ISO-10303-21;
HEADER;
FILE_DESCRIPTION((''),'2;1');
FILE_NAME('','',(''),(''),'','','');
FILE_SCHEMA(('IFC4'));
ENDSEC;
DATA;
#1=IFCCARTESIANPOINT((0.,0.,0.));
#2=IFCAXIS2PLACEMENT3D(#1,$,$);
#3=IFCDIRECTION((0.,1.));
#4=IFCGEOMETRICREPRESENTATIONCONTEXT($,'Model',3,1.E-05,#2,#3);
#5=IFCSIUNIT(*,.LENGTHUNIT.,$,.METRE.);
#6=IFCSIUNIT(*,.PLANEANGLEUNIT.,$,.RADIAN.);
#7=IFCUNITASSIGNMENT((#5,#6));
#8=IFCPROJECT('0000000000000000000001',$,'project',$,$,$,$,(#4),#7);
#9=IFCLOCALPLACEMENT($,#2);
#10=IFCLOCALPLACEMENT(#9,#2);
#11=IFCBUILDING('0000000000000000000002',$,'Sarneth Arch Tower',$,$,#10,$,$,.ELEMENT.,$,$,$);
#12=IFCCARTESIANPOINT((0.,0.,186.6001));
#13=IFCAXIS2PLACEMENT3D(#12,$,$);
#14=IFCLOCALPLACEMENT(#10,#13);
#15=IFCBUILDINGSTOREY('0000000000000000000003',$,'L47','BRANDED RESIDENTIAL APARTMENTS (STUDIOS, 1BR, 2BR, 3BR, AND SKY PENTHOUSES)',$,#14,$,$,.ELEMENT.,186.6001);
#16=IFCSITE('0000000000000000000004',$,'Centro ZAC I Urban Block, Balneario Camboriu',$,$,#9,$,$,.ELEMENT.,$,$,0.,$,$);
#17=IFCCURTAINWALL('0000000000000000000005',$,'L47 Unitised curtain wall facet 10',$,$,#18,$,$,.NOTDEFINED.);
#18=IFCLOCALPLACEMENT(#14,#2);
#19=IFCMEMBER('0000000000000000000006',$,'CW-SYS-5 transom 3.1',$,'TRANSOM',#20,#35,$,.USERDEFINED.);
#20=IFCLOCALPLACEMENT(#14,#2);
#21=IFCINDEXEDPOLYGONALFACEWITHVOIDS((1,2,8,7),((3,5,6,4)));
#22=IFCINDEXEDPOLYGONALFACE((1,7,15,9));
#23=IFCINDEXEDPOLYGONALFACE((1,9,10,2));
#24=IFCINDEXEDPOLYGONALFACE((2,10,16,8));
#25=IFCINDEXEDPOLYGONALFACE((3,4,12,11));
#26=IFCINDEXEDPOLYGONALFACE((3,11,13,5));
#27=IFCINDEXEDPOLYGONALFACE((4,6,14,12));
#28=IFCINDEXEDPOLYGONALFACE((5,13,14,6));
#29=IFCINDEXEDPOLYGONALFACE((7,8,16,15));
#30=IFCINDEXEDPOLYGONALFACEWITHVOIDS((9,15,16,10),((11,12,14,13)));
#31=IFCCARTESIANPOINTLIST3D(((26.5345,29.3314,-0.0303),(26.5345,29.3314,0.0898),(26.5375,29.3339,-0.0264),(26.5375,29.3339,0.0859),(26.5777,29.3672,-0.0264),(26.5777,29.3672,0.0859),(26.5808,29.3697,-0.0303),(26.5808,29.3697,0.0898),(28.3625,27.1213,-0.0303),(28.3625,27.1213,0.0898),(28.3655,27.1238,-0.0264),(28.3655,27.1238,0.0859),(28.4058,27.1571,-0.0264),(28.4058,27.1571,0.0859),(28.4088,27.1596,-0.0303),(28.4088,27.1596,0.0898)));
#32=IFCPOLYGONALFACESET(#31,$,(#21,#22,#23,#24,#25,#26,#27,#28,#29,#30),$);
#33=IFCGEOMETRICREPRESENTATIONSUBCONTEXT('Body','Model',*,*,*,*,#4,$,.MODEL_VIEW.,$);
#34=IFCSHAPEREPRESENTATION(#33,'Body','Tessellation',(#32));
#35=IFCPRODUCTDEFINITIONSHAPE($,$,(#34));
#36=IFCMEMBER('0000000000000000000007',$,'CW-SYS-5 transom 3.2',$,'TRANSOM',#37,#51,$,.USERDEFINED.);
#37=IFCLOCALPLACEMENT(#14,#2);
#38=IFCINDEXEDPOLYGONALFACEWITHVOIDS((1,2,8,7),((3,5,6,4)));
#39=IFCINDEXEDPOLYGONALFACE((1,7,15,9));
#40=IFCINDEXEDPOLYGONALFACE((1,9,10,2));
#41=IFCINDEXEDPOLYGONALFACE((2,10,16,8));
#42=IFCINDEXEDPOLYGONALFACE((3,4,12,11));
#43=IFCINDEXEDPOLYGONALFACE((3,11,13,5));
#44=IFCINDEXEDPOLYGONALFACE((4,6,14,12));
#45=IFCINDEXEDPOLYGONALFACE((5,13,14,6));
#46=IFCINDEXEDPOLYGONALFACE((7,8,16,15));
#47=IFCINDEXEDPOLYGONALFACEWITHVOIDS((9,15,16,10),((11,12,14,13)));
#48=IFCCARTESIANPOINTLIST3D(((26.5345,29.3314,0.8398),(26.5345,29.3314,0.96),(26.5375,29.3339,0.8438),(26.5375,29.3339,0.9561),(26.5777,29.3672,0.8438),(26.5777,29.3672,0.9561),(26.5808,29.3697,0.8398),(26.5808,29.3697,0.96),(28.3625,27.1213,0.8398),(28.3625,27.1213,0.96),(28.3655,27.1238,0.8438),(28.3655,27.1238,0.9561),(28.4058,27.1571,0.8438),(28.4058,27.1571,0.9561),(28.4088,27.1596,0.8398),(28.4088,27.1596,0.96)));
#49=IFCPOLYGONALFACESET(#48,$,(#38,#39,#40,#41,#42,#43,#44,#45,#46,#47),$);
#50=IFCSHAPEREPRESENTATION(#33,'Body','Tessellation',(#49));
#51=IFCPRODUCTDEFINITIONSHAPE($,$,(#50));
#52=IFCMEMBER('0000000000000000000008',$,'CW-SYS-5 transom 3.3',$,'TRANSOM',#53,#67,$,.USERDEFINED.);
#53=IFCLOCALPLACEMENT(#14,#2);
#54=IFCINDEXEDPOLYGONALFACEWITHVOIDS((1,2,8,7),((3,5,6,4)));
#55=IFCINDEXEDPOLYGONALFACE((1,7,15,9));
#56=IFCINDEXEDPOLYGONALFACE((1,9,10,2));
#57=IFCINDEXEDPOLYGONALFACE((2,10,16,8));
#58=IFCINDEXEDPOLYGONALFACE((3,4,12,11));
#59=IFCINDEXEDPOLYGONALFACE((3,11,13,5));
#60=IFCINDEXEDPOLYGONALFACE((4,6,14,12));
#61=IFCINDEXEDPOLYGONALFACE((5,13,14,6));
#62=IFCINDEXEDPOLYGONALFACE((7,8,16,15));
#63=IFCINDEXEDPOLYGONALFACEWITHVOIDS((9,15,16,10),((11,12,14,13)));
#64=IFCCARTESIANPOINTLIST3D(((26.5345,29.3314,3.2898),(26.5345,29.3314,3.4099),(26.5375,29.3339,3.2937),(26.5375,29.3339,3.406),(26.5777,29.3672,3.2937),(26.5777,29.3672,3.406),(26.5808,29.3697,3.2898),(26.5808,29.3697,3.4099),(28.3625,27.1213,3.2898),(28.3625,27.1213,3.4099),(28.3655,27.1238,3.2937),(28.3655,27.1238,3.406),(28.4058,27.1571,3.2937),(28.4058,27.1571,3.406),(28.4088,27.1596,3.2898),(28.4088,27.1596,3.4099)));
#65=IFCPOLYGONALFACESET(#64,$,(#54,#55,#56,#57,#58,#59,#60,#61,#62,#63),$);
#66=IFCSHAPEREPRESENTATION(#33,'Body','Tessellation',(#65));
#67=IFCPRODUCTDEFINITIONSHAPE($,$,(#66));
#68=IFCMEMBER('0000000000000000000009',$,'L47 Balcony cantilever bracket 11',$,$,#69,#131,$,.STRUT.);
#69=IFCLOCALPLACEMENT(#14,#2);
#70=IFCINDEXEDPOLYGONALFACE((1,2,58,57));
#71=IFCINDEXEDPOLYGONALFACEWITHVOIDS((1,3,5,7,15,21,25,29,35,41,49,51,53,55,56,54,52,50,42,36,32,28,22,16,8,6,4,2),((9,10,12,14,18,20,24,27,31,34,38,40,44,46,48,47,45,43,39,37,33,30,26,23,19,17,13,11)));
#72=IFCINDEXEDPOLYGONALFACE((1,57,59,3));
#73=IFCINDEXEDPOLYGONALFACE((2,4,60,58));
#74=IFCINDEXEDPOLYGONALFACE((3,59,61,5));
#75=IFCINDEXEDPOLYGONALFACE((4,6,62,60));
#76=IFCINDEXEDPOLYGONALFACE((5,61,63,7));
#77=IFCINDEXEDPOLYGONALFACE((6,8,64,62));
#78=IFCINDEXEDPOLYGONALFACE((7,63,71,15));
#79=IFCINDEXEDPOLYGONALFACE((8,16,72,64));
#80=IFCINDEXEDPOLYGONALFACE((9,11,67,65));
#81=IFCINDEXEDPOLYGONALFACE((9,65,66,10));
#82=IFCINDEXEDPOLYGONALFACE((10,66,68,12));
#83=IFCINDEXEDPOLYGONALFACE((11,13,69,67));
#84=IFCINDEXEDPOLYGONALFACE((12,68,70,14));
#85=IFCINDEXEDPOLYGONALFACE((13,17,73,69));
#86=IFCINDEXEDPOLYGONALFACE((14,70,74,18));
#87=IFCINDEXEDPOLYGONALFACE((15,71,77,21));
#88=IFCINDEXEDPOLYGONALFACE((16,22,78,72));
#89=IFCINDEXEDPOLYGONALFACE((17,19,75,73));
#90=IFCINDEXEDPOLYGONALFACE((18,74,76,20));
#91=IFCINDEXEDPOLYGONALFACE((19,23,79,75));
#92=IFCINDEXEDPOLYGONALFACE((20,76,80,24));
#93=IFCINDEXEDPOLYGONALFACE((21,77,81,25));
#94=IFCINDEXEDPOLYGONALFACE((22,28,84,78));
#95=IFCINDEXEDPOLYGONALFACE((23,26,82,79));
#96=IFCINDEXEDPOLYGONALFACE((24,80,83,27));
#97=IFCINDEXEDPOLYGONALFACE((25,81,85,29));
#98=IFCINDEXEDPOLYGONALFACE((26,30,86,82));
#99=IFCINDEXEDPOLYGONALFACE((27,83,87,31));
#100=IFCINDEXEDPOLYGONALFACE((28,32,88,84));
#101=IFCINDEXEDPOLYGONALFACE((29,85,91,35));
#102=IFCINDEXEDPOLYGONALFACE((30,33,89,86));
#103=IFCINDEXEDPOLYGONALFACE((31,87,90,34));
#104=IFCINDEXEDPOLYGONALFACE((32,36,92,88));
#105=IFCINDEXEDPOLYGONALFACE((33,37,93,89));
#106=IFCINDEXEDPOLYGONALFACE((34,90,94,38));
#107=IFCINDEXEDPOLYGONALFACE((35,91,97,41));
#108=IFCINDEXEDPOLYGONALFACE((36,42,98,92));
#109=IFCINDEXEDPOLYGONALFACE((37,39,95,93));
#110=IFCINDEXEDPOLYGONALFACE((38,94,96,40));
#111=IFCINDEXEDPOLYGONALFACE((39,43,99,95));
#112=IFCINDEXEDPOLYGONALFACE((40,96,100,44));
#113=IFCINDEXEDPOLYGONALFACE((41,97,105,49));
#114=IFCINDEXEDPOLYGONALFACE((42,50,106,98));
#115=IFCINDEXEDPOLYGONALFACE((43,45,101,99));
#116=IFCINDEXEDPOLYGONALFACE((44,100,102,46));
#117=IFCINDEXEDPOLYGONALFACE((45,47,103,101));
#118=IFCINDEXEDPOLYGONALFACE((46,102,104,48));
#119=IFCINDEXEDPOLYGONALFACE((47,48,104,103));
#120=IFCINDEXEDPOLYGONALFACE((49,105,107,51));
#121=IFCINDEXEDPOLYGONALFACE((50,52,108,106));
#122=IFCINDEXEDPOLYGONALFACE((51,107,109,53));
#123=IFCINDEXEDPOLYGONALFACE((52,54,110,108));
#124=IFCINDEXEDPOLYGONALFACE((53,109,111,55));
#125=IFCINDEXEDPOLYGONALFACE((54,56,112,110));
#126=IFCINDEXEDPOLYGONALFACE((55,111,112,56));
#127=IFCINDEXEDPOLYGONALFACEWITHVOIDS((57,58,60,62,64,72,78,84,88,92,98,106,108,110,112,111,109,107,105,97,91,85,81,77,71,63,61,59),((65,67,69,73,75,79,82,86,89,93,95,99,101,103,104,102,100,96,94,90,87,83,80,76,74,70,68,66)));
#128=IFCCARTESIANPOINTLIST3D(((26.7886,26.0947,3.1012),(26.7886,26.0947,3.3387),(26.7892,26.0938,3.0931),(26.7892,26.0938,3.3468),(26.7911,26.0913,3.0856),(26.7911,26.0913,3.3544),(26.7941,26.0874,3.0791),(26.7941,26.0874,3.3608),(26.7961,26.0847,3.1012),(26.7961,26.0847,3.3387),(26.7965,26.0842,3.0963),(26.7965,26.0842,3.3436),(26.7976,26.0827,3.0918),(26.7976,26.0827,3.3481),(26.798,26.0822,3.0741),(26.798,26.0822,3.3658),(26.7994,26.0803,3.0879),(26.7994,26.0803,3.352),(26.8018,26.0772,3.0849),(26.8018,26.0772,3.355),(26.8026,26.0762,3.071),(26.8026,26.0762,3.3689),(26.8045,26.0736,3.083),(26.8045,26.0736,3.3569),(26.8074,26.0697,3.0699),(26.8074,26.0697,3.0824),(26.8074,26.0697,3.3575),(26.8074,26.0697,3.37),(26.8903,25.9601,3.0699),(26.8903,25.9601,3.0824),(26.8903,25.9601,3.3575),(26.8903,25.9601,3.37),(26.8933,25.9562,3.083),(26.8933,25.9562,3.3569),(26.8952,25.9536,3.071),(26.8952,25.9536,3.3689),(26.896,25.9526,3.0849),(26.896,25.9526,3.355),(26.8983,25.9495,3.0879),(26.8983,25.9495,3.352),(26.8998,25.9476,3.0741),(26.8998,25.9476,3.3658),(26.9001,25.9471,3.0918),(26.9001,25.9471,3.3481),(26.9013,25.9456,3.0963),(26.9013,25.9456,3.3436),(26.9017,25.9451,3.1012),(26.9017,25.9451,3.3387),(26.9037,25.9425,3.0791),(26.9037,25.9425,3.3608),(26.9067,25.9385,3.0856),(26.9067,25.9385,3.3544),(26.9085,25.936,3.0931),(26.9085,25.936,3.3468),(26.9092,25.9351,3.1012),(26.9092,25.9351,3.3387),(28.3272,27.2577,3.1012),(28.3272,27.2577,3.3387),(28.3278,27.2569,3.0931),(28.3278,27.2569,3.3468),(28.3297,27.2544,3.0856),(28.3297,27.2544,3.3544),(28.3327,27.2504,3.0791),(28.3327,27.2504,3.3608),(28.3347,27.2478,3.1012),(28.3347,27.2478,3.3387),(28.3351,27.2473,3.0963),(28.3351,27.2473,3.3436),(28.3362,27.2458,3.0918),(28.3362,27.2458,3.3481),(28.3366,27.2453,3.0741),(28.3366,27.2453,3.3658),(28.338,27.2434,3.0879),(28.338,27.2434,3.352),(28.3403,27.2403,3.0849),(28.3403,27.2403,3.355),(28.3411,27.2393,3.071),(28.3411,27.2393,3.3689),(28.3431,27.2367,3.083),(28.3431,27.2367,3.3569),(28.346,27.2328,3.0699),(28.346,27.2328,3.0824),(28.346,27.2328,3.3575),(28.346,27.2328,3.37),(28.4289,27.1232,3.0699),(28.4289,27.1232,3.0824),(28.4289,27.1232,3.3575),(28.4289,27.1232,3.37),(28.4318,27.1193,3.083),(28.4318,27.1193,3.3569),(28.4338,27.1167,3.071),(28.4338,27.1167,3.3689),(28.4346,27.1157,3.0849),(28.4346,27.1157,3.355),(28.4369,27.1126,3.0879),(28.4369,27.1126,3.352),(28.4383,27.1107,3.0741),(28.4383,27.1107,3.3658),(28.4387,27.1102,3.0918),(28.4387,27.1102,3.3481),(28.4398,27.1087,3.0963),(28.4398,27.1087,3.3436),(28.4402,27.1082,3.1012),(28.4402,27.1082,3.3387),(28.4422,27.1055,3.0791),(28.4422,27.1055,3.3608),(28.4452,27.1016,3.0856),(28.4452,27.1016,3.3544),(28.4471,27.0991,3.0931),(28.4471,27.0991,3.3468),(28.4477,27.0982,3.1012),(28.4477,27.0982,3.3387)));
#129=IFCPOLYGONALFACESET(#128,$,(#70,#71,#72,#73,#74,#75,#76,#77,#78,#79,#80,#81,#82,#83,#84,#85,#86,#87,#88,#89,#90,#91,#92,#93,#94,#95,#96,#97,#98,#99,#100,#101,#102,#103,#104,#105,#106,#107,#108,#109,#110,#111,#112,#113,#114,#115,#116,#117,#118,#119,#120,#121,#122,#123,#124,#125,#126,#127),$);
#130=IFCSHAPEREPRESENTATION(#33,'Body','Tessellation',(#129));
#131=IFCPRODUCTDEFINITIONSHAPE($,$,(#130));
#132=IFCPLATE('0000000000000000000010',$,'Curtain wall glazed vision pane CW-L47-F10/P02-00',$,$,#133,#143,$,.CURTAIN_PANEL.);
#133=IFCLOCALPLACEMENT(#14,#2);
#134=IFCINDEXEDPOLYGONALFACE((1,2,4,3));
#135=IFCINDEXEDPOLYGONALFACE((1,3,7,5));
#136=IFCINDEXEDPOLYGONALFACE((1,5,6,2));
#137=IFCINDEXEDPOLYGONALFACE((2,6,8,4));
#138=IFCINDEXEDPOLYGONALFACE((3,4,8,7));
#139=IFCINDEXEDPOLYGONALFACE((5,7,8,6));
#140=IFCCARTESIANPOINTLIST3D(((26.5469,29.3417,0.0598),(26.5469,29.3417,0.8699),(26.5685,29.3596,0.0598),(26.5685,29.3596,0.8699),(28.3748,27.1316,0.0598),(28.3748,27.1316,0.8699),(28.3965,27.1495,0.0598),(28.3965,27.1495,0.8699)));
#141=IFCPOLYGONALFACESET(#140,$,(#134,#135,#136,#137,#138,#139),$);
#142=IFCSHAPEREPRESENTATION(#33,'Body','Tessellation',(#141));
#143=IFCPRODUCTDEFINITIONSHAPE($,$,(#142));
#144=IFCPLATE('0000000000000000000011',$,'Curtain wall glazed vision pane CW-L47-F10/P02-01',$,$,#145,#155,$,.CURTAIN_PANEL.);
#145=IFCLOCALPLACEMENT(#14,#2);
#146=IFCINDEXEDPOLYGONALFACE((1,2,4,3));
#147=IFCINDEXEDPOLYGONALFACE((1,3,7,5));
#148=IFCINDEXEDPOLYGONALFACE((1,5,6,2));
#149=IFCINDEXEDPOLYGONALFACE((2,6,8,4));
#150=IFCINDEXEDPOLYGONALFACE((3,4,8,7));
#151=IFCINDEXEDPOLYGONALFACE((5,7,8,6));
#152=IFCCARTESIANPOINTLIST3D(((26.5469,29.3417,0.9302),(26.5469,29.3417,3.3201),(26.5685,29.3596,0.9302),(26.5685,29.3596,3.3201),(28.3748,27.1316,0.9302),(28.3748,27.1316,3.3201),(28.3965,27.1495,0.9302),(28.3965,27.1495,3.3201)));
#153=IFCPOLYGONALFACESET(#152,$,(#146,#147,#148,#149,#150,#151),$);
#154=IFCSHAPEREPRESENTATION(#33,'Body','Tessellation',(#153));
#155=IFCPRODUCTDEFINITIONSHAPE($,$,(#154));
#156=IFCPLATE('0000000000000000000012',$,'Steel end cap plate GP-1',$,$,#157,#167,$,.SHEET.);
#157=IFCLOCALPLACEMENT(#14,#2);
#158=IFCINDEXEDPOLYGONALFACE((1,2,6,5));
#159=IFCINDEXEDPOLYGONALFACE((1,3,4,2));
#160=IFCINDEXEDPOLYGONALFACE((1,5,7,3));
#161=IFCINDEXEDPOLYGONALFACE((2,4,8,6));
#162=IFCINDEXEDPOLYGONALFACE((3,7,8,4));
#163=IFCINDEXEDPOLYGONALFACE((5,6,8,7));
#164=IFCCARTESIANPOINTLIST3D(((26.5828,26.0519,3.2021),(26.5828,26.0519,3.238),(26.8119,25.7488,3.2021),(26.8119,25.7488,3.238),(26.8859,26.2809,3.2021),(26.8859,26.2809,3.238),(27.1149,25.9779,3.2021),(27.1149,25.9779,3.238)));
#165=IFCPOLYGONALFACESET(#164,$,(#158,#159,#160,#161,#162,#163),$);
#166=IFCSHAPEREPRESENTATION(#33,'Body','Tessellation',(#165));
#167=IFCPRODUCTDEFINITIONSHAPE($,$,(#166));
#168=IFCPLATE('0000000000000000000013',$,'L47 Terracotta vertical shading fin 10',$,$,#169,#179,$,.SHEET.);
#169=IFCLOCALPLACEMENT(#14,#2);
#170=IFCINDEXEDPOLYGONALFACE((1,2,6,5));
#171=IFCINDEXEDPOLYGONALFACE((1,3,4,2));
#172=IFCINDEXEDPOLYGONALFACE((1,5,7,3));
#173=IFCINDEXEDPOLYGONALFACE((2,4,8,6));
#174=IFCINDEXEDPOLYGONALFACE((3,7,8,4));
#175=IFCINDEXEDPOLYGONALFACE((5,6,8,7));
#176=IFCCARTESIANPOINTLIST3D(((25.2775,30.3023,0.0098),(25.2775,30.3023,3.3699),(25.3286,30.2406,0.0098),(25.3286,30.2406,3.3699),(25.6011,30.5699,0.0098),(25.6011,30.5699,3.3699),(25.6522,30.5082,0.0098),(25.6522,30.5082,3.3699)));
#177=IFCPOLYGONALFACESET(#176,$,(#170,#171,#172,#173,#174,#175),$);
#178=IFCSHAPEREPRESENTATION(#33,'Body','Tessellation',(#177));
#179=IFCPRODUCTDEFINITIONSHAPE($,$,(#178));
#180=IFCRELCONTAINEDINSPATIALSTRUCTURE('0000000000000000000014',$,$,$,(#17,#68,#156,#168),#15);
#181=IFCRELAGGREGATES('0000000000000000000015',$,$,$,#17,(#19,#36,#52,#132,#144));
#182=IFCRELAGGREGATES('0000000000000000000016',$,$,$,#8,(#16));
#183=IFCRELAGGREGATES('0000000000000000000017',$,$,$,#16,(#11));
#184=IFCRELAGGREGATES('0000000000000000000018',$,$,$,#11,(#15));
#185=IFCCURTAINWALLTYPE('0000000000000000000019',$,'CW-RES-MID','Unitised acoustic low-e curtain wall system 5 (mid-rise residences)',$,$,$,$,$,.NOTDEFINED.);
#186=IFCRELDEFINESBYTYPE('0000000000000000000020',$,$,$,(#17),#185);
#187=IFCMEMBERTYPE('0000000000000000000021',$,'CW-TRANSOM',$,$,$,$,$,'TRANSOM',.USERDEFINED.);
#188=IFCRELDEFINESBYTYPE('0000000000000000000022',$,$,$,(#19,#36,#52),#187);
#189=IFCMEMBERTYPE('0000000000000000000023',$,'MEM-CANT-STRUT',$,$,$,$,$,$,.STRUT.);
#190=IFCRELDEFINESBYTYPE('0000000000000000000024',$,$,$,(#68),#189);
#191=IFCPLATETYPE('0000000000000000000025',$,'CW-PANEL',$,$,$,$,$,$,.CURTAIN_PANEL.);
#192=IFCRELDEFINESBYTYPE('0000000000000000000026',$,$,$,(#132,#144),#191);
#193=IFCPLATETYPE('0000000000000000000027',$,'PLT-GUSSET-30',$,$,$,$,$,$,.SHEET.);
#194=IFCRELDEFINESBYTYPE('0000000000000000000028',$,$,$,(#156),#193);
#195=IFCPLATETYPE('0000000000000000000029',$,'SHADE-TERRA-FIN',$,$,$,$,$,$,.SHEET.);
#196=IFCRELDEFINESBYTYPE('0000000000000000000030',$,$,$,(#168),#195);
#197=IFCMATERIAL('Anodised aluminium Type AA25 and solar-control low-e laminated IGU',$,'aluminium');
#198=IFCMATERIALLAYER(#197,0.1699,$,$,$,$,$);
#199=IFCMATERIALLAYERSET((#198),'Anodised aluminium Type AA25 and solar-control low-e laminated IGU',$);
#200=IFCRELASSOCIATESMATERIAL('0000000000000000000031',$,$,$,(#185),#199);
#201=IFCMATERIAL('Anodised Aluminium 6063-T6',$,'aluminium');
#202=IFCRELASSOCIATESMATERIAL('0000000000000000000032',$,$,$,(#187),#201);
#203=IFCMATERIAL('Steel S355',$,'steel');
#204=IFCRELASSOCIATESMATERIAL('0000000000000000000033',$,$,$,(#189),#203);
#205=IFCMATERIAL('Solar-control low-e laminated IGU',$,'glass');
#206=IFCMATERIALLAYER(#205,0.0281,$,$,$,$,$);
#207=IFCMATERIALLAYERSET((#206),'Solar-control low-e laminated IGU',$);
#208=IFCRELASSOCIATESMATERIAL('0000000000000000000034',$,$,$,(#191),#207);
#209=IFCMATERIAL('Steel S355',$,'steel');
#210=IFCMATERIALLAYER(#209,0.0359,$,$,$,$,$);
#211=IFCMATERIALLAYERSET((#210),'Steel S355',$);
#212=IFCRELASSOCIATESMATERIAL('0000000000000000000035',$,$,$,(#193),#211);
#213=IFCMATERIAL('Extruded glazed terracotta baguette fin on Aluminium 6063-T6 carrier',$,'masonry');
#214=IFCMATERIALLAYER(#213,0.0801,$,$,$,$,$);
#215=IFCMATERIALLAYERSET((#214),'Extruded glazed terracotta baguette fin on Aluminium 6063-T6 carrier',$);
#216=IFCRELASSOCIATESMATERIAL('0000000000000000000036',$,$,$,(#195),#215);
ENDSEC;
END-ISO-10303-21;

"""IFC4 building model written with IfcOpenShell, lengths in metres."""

from ifc_helpers import new_model, si_unit, direction, frame, origin, origin_2d, place, context, subcontext, project, spatial, rectangle, hollow_rectangle, extrude, material, layer, layer_set, material_profile, profile_set, type_object, element, aggregate, save


model = new_model("IFC4")

# Units and contexts
model_context = context("Model", 3, precision=1e-05, world=origin(), true_north=direction((0.0, 1.0)))
body_context = subcontext(model_context, "Body", "Model", "MODEL_VIEW")
ifc_project = project(units=[si_unit("LENGTHUNIT", "METRE"), si_unit("PLANEANGLEUNIT", "RADIAN")], contexts=[model_context])

# Site, building, storey
site_placement = place(None, origin())
site = spatial("IfcSite", under=ifc_project, at=site_placement, Name="Centro ZAC I Urban Block, Balneario Camboriu", CompositionType="ELEMENT", RefElevation=0.0)
building_placement = place(site_placement, origin())
building = spatial("IfcBuilding", under=site, at=building_placement, Name="Sarneth Arch Tower", CompositionType="ELEMENT")
storey_placement = place(building_placement, frame((0.0, 0.0, 186.6001)))
storey = spatial("IfcBuildingStorey", under=building, at=storey_placement, Name="L47", Description="BRANDED RESIDENTIAL APARTMENTS (STUDIOS, 1BR, 2BR, 3BR, AND SKY PENTHOUSES)", CompositionType="ELEMENT", Elevation=186.6001)

# Curtain wall, members
ifc_material_1 = material(Name="Anodised aluminium Type AA25 and solar-control low-e laminated IGU", Category="aluminium")
ifc_layer_1 = layer(ifc_material_1, 0.1699)
ifc_layer_set_1 = layer_set([ifc_layer_1], Name="Anodised aluminium Type AA25 and solar-control low-e laminated IGU")
curtain_wall_type = type_object("IfcCurtainWallType", Name="CW-RES-MID", Description="Unitised acoustic low-e curtain wall system 5 (mid-rise residences)", PredefinedType="NOTDEFINED", material=ifc_layer_set_1)
curtain_wall_placement = place(storey_placement, origin())
curtain_wall = element("IfcCurtainWall", 1, at=curtain_wall_placement, inside=storey, type_object=curtain_wall_type, Name="L47 Unitised curtain wall facet 10", PredefinedType="NOTDEFINED")
ifc_material_2 = material(Name="Anodised Aluminium 6063-T6", Category="aluminium")
ifc_material_profile_1 = material_profile(ifc_material_2, hollow_rectangle(XDim=0.0601, YDim=0.1201, WallThickness=0.0039, at=origin_2d()), Name="AL-TRAN-120x60x4")
ifc_profile_set_1 = profile_set([ifc_material_profile_1], Name="Anodised Aluminium 6063-T6")
member_type_1 = type_object("IfcMemberType", Name="CW-TRANSOM", ElementType="TRANSOM", PredefinedType="USERDEFINED", material=ifc_profile_set_1)
member_1_placement = place(storey_placement, frame((26.5576, 29.3506, 0.0298), z_axis=(0.637359, -0.770567, 0.0), x_axis=(0.770567, 0.637359, 0.0)))
member_1 = element("IfcMember", 2, at=member_1_placement, type_object=member_type_1, Name="CW-SYS-5 transom 3.1", ObjectType="TRANSOM", PredefinedType="USERDEFINED", context=body_context, shape_type="SweptSolid", body=[
    extrude(hollow_rectangle(XDim=0.0601, YDim=0.1201, WallThickness=0.0039, at=origin_2d()), origin(), (0.0, 0.0, 1.0), 2.8682),
])
member_2_placement = place(storey_placement, frame((26.5576, 29.3506, 0.8999), z_axis=(0.637359, -0.770567, 0.0), x_axis=(0.770567, 0.637359, 0.0)))
member_2 = element("IfcMember", 3, at=member_2_placement, type_object=member_type_1, Name="CW-SYS-5 transom 3.2", ObjectType="TRANSOM", PredefinedType="USERDEFINED", context=body_context, shape_type="SweptSolid", body=[
    extrude(hollow_rectangle(XDim=0.0601, YDim=0.1201, WallThickness=0.0039, at=origin_2d()), origin(), (0.0, 0.0, 1.0), 2.8682),
])
member_3_placement = place(storey_placement, frame((26.5576, 29.3506, 3.3499), z_axis=(0.637359, -0.770567, 0.0), x_axis=(0.770567, 0.637359, 0.0)))
member_3 = element("IfcMember", 4, at=member_3_placement, type_object=member_type_1, Name="CW-SYS-5 transom 3.3", ObjectType="TRANSOM", PredefinedType="USERDEFINED", context=body_context, shape_type="SweptSolid", body=[
    extrude(hollow_rectangle(XDim=0.0601, YDim=0.1201, WallThickness=0.0039, at=origin_2d()), origin(), (0.0, 0.0, 1.0), 2.8682),
])

# Member
ifc_material_3 = material(Name="Steel S355", Category="steel")
ifc_material_profile_2 = material_profile(ifc_material_3, hollow_rectangle(XDim=0.2, YDim=0.3, WallThickness=0.0125, InnerFilletRadius=0.0188, OuterFilletRadius=0.0312, at=origin_2d()), Name="RHS300x200x12.5")
ifc_profile_set_2 = profile_set([ifc_material_profile_2], Name="Steel S355")
member_type_2 = type_object("IfcMemberType", Name="MEM-CANT-STRUT", PredefinedType="STRUT", material=ifc_profile_set_2)
member_4_placement = place(storey_placement, frame((28.3875, 27.178, 3.22), z_axis=(-0.797716, -0.603034, 0.0), x_axis=(0.603034, -0.797716, 0.0)))
element("IfcMember", 5, at=member_4_placement, inside=storey, type_object=member_type_2, Name="L47 Balcony cantilever bracket 11", PredefinedType="STRUT", context=body_context, shape_type="SweptSolid", body=[
    extrude(hollow_rectangle(XDim=0.2, YDim=0.3, WallThickness=0.0125, InnerFilletRadius=0.0188, OuterFilletRadius=0.0312, at=origin_2d()), origin(), (0.0, 0.0, 1.0), 1.9287),
])

# Plates
ifc_material_4 = material(Name="Solar-control low-e laminated IGU", Category="glass")
ifc_layer_2 = layer(ifc_material_4, 0.0281)
ifc_layer_set_2 = layer_set([ifc_layer_2], Name="Solar-control low-e laminated IGU")
plate_type_1 = type_object("IfcPlateType", Name="CW-PANEL", PredefinedType="CURTAIN_PANEL", material=ifc_layer_set_2)
plate_1_placement = place(storey_placement, frame((27.4717, 28.2456, 0.0598), z_axis=(0.0, 0.0, 1.0), x_axis=(0.63733, -0.770591, 0.0)))
plate_1 = element("IfcPlate", 6, at=plate_1_placement, type_object=plate_type_1, Name="Curtain wall glazed vision pane CW-L47-F10/P02-00", PredefinedType="CURTAIN_PANEL", context=body_context, shape_type="SweptSolid", body=[
    extrude(rectangle(XDim=2.8682, YDim=0.0281, at=origin_2d()), origin(), (0.0, 0.0, 1.0), 0.8101),
])
plate_2_placement = place(storey_placement, frame((27.4717, 28.2456, 0.9302), z_axis=(0.0, 0.0, 1.0), x_axis=(0.63733, -0.770591, 0.0)))
plate_2 = element("IfcPlate", 7, at=plate_2_placement, type_object=plate_type_1, Name="Curtain wall glazed vision pane CW-L47-F10/P02-01", PredefinedType="CURTAIN_PANEL", context=body_context, shape_type="SweptSolid", body=[
    extrude(rectangle(XDim=2.8682, YDim=0.0281, at=origin_2d()), origin(), (0.0, 0.0, 1.0), 2.3899),
])
aggregate(curtain_wall, [member_1, member_2, member_3, plate_1, plate_2])

# Plates
ifc_material_5 = material(Name="Steel S355", Category="steel")
ifc_layer_3 = layer(ifc_material_5, 0.0359)
ifc_layer_set_3 = layer_set([ifc_layer_3], Name="Steel S355")
plate_type_2 = type_object("IfcPlateType", Name="PLT-GUSSET-30", PredefinedType="SHEET", material=ifc_layer_set_3)
plate_3_placement = place(storey_placement, frame((26.8489, 26.0149, 3.2021), z_axis=(0.0, 0.0, 1.0), x_axis=(-0.797794, -0.60293, 0.0)))
element("IfcPlate", 8, at=plate_3_placement, inside=storey, type_object=plate_type_2, Name="Steel end cap plate GP-1", PredefinedType="SHEET", context=body_context, shape_type="SweptSolid", body=[
    extrude(rectangle(XDim=0.3799, YDim=0.3799, at=origin_2d()), origin(), (0.0, 0.0, 1.0), 0.0359),
])
ifc_material_6 = material(Name="Extruded glazed terracotta baguette fin on Aluminium 6063-T6 carrier", Category="masonry")
ifc_layer_4 = layer(ifc_material_6, 0.0801)
ifc_layer_set_4 = layer_set([ifc_layer_4], Name="Extruded glazed terracotta baguette fin on Aluminium 6063-T6 carrier")
plate_type_3 = type_object("IfcPlateType", Name="SHADE-TERRA-FIN", PredefinedType="SHEET", material=ifc_layer_set_4)
plate_4_placement = place(storey_placement, frame((25.4648, 30.4053, 0.0098), z_axis=(0.0, 0.0, 1.0), x_axis=(-0.770624, -0.63729, 0.0)))
element("IfcPlate", 9, at=plate_4_placement, inside=storey, type_object=plate_type_3, Name="L47 Terracotta vertical shading fin 10", PredefinedType="SHEET", context=body_context, shape_type="SweptSolid", body=[
    extrude(rectangle(XDim=0.4199, YDim=0.0801, at=origin_2d()), origin(), (0.0, 0.0, 1.0), 3.3601),
])

save(model, "model.ifc")
